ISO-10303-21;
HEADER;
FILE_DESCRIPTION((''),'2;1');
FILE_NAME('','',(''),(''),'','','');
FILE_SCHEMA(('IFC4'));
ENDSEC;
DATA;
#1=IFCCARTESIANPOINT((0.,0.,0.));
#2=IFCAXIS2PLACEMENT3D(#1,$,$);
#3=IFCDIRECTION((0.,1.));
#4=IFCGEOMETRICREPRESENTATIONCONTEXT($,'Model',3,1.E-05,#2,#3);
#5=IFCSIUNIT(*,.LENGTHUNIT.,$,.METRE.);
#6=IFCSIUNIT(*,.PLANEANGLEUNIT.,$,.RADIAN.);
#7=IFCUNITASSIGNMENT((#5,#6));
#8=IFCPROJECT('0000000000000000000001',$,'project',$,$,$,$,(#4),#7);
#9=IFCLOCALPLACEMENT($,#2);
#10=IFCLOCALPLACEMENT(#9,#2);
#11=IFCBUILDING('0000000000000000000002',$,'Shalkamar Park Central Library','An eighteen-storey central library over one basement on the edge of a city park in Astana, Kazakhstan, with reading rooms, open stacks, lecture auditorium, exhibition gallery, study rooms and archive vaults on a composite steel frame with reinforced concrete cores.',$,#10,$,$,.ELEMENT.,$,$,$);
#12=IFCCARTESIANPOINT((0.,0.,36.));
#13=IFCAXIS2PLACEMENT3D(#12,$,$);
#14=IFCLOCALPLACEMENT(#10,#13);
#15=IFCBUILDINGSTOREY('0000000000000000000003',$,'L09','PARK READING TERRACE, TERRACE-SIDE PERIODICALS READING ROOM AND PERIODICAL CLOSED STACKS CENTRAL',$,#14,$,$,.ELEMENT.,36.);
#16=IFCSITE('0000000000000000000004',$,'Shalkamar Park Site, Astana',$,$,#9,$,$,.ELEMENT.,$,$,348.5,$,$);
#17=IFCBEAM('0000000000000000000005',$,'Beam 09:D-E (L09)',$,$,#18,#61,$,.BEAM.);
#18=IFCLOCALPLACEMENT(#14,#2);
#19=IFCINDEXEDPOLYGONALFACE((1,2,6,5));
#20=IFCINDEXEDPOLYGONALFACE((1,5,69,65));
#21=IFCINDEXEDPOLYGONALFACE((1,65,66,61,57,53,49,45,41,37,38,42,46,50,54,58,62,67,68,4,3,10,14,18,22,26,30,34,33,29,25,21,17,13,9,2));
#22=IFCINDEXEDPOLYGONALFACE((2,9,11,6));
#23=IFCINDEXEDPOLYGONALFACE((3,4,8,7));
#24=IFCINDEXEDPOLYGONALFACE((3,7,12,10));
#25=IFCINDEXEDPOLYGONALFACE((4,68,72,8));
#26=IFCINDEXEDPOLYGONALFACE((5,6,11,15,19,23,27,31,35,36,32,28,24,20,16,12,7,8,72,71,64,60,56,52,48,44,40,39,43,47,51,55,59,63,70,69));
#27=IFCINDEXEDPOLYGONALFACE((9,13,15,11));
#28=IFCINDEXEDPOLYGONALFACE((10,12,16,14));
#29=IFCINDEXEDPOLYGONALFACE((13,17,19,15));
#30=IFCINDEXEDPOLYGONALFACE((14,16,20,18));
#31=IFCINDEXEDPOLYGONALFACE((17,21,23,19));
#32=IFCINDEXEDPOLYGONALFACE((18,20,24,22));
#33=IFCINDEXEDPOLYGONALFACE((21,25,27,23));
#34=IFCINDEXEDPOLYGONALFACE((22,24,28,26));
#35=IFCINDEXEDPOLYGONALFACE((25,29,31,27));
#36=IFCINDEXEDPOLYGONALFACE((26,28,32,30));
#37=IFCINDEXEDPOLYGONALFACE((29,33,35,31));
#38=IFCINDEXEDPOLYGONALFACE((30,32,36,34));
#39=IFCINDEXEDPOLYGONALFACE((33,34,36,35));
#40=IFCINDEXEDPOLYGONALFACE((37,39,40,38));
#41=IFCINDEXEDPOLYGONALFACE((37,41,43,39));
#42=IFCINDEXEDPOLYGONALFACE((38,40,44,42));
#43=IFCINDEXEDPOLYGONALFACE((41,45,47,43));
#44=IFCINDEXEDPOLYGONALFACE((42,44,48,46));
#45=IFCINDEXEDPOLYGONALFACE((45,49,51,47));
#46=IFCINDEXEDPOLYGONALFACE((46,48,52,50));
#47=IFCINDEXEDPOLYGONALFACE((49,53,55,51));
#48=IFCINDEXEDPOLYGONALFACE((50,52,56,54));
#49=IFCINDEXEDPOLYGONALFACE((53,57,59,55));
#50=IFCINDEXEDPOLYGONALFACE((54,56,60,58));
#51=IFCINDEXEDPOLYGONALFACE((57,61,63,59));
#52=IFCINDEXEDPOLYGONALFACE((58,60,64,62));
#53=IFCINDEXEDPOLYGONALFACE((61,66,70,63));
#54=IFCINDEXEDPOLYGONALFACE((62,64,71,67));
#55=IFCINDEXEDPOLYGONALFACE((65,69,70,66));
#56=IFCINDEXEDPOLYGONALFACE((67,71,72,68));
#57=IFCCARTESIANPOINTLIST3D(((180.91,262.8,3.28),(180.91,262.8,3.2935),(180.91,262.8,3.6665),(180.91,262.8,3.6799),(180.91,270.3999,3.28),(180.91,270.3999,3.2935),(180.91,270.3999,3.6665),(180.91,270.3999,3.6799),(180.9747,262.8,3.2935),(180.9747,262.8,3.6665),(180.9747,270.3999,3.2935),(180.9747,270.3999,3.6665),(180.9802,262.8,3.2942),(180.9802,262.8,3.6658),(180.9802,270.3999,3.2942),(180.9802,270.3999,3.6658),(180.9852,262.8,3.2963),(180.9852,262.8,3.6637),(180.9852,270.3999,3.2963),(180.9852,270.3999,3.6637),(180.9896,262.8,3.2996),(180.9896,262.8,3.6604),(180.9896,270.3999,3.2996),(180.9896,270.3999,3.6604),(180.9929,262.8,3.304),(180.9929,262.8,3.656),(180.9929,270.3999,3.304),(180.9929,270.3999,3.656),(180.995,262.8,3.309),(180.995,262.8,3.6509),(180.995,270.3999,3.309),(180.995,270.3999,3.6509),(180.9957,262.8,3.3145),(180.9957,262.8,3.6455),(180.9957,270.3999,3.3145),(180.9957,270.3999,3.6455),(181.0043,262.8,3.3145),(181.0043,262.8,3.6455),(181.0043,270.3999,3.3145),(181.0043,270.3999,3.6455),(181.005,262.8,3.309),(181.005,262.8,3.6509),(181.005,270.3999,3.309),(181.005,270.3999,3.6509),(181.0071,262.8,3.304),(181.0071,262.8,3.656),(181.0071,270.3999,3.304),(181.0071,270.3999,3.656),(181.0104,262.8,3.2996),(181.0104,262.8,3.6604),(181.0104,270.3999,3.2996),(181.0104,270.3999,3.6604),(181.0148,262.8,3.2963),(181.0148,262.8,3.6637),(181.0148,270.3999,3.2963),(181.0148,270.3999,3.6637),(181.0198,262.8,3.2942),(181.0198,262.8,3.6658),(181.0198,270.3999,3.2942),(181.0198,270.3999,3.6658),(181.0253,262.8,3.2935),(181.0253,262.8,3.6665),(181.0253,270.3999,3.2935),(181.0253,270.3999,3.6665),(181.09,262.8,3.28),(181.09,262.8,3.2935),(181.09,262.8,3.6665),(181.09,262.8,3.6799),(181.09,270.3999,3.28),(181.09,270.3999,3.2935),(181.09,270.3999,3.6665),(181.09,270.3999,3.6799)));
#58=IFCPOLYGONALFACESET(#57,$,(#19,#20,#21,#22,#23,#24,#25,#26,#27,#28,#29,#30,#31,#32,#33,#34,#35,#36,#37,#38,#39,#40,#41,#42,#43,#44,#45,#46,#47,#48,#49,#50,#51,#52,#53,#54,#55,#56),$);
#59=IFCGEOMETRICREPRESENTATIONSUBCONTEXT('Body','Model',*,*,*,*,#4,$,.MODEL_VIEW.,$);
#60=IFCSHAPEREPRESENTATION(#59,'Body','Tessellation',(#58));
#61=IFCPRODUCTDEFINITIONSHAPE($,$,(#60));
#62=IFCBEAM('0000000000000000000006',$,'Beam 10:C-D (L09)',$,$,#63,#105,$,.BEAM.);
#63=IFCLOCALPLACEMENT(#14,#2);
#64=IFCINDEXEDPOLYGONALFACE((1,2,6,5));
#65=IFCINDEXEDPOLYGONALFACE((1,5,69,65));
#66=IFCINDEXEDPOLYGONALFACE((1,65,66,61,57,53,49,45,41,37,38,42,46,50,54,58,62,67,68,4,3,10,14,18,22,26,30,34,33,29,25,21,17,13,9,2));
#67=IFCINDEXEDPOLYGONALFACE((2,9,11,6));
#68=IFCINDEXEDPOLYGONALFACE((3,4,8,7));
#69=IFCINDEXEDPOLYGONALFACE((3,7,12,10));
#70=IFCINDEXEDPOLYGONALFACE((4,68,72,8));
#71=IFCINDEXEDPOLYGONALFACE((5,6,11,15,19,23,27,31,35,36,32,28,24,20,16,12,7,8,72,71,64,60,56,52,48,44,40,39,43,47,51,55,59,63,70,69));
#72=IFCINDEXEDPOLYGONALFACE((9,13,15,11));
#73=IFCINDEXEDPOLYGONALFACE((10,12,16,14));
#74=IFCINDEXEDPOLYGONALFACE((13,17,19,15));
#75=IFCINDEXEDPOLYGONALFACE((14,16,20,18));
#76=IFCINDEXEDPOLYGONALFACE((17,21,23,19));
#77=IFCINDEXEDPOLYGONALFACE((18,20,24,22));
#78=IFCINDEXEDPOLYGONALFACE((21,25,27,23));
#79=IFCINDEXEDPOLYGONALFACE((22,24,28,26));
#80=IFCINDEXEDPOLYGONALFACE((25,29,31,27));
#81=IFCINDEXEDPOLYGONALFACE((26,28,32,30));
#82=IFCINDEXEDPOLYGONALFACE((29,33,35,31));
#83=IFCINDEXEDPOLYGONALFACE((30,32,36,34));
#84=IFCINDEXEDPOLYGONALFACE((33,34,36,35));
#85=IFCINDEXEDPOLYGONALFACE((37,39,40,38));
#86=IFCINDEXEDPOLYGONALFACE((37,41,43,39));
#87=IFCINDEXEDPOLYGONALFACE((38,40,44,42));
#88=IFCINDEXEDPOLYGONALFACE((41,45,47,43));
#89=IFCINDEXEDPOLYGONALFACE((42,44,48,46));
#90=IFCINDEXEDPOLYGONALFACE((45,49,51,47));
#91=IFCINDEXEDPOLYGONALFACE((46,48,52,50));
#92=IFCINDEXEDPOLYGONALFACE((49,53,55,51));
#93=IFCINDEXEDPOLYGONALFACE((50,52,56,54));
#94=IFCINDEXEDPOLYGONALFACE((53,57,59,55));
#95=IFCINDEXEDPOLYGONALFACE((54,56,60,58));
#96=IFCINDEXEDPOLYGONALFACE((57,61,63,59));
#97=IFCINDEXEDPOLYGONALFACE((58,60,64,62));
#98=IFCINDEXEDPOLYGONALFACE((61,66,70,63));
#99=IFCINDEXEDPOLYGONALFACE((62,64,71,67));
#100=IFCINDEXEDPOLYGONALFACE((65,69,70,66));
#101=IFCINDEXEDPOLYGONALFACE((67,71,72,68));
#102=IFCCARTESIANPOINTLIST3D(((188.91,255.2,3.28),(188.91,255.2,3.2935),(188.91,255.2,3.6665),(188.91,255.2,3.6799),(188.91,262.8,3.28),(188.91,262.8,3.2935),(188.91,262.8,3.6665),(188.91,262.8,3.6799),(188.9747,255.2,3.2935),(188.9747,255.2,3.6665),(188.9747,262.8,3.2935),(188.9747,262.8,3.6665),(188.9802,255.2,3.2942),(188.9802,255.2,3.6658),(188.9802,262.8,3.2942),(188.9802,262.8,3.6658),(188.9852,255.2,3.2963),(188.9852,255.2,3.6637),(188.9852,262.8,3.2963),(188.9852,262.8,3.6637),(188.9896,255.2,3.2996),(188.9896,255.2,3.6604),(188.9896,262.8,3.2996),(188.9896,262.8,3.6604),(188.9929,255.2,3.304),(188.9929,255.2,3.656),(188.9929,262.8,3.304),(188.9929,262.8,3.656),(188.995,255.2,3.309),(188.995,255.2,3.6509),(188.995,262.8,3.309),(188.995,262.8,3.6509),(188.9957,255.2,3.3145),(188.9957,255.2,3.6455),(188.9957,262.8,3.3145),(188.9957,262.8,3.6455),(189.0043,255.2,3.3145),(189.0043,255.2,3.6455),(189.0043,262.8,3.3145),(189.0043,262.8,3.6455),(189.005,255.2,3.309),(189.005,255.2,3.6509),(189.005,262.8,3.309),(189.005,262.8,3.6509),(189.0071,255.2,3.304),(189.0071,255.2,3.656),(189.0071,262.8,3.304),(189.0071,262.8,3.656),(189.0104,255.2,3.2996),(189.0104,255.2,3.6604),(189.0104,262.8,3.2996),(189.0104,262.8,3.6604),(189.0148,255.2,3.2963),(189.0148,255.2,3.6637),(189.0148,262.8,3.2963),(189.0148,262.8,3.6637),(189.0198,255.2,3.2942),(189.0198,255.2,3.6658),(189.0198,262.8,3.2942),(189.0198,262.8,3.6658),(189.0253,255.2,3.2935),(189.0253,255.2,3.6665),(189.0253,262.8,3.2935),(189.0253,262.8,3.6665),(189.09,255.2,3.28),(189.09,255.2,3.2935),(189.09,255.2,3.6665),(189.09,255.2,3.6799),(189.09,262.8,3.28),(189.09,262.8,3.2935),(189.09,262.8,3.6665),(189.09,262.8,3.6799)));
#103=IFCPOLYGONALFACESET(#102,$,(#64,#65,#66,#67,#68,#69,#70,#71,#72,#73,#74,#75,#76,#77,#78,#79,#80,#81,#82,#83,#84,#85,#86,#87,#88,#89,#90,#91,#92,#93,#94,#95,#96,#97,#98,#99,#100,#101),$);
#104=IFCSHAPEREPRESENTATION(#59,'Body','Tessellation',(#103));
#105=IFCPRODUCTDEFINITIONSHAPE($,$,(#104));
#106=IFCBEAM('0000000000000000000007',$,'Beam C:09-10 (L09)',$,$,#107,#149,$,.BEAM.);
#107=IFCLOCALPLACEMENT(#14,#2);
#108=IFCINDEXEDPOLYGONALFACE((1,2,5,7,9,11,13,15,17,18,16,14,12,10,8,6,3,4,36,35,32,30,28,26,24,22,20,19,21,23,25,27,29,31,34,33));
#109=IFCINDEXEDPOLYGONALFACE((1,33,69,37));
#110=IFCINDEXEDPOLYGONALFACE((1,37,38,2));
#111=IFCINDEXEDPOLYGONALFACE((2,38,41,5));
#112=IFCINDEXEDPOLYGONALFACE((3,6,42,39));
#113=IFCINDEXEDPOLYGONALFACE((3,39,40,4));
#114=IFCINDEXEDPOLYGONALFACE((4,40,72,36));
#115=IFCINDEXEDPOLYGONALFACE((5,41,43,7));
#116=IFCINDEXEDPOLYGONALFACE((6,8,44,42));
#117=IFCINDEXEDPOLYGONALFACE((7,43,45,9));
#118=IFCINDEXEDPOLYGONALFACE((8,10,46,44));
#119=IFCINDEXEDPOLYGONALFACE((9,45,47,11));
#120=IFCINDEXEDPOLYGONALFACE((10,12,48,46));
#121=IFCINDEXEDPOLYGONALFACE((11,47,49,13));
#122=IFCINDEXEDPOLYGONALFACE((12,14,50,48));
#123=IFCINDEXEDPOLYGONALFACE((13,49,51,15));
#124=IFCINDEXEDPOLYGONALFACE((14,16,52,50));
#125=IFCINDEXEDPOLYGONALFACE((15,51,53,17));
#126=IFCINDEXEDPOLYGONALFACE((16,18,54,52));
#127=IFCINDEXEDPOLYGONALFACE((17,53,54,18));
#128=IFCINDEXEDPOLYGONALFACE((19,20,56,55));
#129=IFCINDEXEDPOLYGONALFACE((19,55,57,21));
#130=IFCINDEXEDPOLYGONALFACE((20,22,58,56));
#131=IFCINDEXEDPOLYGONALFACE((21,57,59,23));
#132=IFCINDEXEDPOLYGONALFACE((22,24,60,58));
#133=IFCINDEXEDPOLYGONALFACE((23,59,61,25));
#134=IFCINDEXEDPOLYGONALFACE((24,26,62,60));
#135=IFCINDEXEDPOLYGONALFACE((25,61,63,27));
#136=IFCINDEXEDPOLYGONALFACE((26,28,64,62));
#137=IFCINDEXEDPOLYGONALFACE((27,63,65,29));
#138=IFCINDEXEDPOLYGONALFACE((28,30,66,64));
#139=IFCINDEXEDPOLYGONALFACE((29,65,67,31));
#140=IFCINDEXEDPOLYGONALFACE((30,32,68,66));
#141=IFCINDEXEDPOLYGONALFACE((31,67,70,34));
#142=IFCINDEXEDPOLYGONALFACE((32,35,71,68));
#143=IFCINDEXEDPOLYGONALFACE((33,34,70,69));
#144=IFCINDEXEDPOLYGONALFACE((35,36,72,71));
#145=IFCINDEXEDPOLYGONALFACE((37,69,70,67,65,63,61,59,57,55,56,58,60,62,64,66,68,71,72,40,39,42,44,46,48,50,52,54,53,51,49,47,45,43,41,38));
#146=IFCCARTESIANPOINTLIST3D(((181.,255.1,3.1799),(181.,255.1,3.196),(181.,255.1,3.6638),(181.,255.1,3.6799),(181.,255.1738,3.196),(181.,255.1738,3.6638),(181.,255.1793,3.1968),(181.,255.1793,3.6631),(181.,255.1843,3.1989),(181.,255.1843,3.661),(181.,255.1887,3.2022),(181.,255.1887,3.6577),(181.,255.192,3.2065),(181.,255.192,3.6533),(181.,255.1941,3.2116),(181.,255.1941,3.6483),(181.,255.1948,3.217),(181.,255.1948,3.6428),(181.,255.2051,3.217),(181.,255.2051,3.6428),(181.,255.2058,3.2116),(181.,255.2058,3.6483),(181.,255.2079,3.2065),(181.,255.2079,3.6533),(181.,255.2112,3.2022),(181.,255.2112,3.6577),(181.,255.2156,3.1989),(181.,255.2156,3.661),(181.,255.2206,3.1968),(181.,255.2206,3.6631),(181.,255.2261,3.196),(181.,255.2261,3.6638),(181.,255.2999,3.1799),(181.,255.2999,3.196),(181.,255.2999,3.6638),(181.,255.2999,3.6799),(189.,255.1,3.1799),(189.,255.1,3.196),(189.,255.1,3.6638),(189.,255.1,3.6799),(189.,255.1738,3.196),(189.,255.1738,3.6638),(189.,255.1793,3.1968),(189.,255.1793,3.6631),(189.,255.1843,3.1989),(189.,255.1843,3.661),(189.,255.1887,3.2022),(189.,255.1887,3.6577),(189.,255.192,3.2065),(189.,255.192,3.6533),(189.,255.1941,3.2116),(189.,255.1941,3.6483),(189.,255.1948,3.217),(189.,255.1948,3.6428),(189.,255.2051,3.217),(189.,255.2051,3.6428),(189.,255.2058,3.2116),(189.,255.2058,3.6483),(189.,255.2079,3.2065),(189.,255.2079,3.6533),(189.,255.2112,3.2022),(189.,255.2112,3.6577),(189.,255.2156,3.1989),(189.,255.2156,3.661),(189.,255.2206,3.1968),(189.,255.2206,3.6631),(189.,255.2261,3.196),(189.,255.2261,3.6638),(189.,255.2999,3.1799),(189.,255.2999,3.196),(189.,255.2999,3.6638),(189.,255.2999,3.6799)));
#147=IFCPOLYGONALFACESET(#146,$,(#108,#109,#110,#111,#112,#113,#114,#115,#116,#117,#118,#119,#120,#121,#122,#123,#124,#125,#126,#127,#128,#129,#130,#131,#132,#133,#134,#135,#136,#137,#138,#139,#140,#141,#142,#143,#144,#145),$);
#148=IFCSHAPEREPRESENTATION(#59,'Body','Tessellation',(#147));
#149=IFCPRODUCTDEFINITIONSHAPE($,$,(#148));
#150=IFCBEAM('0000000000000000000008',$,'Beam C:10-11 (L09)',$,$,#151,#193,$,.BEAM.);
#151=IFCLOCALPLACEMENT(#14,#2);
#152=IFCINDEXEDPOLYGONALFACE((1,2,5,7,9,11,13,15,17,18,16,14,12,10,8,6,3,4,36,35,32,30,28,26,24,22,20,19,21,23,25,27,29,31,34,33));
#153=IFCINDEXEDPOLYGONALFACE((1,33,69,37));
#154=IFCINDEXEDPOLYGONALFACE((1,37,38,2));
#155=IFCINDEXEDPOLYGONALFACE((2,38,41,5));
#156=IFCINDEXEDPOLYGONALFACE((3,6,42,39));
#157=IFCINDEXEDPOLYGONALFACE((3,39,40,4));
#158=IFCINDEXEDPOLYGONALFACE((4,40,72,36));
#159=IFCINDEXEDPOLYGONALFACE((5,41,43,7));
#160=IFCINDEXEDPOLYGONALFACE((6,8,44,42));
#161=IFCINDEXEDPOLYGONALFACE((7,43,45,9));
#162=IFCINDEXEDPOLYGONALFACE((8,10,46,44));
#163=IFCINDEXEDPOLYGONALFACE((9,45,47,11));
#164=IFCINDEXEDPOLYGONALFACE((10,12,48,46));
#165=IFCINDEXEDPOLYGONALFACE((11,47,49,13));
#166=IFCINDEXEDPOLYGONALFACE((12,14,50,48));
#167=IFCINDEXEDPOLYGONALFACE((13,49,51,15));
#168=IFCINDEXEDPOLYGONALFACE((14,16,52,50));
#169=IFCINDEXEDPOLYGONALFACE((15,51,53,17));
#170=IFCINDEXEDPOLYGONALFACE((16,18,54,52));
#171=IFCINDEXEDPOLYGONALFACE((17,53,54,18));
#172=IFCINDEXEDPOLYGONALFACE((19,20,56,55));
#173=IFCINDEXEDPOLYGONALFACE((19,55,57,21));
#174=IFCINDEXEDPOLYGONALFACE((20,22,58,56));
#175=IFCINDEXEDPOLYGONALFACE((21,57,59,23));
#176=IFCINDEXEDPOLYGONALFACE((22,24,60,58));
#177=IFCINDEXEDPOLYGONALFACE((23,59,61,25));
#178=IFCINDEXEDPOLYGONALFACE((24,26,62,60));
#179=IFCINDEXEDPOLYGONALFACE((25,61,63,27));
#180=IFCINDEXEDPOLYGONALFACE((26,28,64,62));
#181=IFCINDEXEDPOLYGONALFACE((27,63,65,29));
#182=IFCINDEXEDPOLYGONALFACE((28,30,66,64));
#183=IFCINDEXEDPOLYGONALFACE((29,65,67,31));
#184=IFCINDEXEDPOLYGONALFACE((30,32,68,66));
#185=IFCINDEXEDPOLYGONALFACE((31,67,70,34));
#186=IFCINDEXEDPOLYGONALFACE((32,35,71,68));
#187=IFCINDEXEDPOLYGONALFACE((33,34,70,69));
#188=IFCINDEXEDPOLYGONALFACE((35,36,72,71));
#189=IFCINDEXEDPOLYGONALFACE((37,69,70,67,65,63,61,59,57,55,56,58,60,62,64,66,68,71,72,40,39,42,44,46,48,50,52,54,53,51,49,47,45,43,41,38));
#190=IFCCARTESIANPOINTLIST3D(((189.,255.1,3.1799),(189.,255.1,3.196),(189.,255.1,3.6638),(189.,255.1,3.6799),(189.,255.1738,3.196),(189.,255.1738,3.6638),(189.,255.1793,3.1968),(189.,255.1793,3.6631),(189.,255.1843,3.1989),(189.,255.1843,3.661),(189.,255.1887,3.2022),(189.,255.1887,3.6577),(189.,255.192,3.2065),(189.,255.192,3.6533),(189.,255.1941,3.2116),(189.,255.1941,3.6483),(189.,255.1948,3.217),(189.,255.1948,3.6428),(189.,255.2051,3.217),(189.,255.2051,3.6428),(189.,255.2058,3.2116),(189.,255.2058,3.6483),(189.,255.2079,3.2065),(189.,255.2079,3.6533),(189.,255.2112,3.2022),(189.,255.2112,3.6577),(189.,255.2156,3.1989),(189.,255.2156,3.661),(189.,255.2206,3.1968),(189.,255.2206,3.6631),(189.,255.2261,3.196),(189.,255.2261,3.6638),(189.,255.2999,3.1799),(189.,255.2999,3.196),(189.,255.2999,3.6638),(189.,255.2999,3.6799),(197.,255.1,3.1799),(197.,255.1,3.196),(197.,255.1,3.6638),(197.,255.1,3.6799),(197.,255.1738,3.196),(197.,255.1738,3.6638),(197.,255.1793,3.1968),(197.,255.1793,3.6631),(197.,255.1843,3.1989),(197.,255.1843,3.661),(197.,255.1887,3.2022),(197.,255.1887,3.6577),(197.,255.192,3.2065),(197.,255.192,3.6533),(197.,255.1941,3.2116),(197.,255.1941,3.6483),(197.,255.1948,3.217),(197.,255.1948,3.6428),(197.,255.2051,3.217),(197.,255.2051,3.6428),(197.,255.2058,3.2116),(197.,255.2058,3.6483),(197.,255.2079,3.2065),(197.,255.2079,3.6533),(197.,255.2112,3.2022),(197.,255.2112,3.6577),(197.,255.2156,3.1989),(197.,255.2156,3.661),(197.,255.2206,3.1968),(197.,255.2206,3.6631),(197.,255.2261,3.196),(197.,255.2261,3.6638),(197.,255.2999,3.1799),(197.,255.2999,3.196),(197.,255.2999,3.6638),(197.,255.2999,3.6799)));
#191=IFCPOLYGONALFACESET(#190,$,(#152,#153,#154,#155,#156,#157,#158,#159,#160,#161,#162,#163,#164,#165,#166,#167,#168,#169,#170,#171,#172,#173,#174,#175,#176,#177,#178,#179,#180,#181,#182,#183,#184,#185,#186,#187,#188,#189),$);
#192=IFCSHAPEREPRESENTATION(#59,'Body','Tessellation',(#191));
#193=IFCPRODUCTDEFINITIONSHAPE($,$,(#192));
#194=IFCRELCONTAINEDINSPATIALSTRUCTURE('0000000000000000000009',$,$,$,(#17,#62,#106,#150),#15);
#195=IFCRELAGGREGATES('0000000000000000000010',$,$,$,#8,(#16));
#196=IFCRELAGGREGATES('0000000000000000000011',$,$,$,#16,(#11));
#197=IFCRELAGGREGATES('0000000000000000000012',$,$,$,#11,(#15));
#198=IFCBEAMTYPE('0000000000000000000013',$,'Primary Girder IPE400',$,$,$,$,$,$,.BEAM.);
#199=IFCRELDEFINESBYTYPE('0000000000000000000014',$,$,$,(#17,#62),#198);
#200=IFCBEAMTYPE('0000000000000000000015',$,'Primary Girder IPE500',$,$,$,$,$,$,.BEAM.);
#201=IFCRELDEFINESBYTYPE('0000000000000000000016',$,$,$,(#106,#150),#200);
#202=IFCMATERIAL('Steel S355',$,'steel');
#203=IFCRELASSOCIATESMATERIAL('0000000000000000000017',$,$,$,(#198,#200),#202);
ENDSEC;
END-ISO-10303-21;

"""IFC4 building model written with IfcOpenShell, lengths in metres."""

from ifc_helpers import new_model, si_unit, direction, frame, origin, origin_2d, place, context, subcontext, project, spatial, i_section, extrude, material, material_profile, profile_set, type_object, element, save


model = new_model("IFC4")

# Units and contexts
model_context = context("Model", 3, precision=1e-05, world=origin(), true_north=direction((0.0, 1.0)))
body_context = subcontext(model_context, "Body", "Model", "MODEL_VIEW")
ifc_project = project(units=[si_unit("LENGTHUNIT", "METRE"), si_unit("PLANEANGLEUNIT", "RADIAN")], contexts=[model_context])

# Site, building, storey
site_placement = place(None, origin())
site = spatial("IfcSite", under=ifc_project, at=site_placement, Name="Shalkamar Park Site, Astana", CompositionType="ELEMENT", RefElevation=348.5)
building_placement = place(site_placement, origin())
building = spatial("IfcBuilding", under=site, at=building_placement, Name="Shalkamar Park Central Library", Description="An eighteen-storey central library over one basement on the edge of a city park in Astana, Kazakhstan, with reading rooms, open stacks, lecture auditorium, exhibition gallery, study rooms and archive vaults on a composite steel frame with reinforced concrete cores.", CompositionType="ELEMENT")
storey_placement = place(building_placement, frame((0.0, 0.0, 36.0)))
storey = spatial("IfcBuildingStorey", under=building, at=storey_placement, Name="L09", Description="PARK READING TERRACE, TERRACE-SIDE PERIODICALS READING ROOM AND PERIODICAL CLOSED STACKS CENTRAL", CompositionType="ELEMENT", Elevation=36.0)

# Shared definitions
ifc_material_1 = material(Name="Steel S355", Category="steel")

# Beams
ifc_material_profile_1 = material_profile(ifc_material_1, i_section(OverallWidth=0.1799, OverallDepth=0.3999, WebThickness=0.0085, FlangeThickness=0.0134, FilletRadius=0.021, at=origin_2d()), Name="IPE 400")
ifc_profile_set_1 = profile_set([ifc_material_profile_1], Name="Steel S355")
beam_type_1 = type_object("IfcBeamType", Name="Primary Girder IPE400", PredefinedType="BEAM", material=ifc_profile_set_1)
beam_1_placement = place(storey_placement, frame((181.0, 262.8, 3.48), z_axis=(0.0, 1.0, 0.0), x_axis=(-1.0, 0.0, 0.0)))
element("IfcBeam", 1, at=beam_1_placement, inside=storey, type_object=beam_type_1, Name="Beam 09:D-E (L09)", PredefinedType="BEAM", context=body_context, shape_type="SweptSolid", body=[
    extrude(i_section(OverallWidth=0.1799, OverallDepth=0.3999, WebThickness=0.0085, FlangeThickness=0.0134, FilletRadius=0.021, at=origin_2d()), origin(), (0.0, 0.0, 1.0), 7.5999),
])
beam_2_placement = place(storey_placement, frame((189.0, 255.2, 3.48), z_axis=(0.0, 1.0, 0.0), x_axis=(-1.0, 0.0, 0.0)))
element("IfcBeam", 2, at=beam_2_placement, inside=storey, type_object=beam_type_1, Name="Beam 10:C-D (L09)", PredefinedType="BEAM", context=body_context, shape_type="SweptSolid", body=[
    extrude(i_section(OverallWidth=0.1799, OverallDepth=0.3999, WebThickness=0.0085, FlangeThickness=0.0134, FilletRadius=0.021, at=origin_2d()), origin(), (0.0, 0.0, 1.0), 7.6001),
])
ifc_material_profile_2 = material_profile(ifc_material_1, i_section(OverallWidth=0.2, OverallDepth=0.5, WebThickness=0.0103, FlangeThickness=0.0161, FilletRadius=0.021, at=origin_2d()), Name="IPE 500")
ifc_profile_set_2 = profile_set([ifc_material_profile_2], Name="Steel S355")
beam_type_2 = type_object("IfcBeamType", Name="Primary Girder IPE500", PredefinedType="BEAM", material=ifc_profile_set_2)
for number, where, z_axis, x_axis, name in (
    (3, (181.0, 255.2, 3.4299), (1.0, 0.0, 0.0), (0.0, 1.0, 0.0), "Beam C:09-10 (L09)"),
    (4, (189.0, 255.2, 3.4299), (1.0, 0.0, 0.0), (0.0, 1.0, 0.0), "Beam C:10-11 (L09)"),
):
    element("IfcBeam", number, at=place(storey_placement, frame(where, z_axis=z_axis, x_axis=x_axis)), inside=storey, type_object=beam_type_2, Name=name, PredefinedType="BEAM", context=body_context, shape_type="SweptSolid", body=[
        extrude(i_section(OverallWidth=0.2, OverallDepth=0.5, WebThickness=0.0103, FlangeThickness=0.0161, FilletRadius=0.021, at=origin_2d()), origin(), (0.0, 0.0, 1.0), 8.0),
    ])

save(model, "model.ifc")
